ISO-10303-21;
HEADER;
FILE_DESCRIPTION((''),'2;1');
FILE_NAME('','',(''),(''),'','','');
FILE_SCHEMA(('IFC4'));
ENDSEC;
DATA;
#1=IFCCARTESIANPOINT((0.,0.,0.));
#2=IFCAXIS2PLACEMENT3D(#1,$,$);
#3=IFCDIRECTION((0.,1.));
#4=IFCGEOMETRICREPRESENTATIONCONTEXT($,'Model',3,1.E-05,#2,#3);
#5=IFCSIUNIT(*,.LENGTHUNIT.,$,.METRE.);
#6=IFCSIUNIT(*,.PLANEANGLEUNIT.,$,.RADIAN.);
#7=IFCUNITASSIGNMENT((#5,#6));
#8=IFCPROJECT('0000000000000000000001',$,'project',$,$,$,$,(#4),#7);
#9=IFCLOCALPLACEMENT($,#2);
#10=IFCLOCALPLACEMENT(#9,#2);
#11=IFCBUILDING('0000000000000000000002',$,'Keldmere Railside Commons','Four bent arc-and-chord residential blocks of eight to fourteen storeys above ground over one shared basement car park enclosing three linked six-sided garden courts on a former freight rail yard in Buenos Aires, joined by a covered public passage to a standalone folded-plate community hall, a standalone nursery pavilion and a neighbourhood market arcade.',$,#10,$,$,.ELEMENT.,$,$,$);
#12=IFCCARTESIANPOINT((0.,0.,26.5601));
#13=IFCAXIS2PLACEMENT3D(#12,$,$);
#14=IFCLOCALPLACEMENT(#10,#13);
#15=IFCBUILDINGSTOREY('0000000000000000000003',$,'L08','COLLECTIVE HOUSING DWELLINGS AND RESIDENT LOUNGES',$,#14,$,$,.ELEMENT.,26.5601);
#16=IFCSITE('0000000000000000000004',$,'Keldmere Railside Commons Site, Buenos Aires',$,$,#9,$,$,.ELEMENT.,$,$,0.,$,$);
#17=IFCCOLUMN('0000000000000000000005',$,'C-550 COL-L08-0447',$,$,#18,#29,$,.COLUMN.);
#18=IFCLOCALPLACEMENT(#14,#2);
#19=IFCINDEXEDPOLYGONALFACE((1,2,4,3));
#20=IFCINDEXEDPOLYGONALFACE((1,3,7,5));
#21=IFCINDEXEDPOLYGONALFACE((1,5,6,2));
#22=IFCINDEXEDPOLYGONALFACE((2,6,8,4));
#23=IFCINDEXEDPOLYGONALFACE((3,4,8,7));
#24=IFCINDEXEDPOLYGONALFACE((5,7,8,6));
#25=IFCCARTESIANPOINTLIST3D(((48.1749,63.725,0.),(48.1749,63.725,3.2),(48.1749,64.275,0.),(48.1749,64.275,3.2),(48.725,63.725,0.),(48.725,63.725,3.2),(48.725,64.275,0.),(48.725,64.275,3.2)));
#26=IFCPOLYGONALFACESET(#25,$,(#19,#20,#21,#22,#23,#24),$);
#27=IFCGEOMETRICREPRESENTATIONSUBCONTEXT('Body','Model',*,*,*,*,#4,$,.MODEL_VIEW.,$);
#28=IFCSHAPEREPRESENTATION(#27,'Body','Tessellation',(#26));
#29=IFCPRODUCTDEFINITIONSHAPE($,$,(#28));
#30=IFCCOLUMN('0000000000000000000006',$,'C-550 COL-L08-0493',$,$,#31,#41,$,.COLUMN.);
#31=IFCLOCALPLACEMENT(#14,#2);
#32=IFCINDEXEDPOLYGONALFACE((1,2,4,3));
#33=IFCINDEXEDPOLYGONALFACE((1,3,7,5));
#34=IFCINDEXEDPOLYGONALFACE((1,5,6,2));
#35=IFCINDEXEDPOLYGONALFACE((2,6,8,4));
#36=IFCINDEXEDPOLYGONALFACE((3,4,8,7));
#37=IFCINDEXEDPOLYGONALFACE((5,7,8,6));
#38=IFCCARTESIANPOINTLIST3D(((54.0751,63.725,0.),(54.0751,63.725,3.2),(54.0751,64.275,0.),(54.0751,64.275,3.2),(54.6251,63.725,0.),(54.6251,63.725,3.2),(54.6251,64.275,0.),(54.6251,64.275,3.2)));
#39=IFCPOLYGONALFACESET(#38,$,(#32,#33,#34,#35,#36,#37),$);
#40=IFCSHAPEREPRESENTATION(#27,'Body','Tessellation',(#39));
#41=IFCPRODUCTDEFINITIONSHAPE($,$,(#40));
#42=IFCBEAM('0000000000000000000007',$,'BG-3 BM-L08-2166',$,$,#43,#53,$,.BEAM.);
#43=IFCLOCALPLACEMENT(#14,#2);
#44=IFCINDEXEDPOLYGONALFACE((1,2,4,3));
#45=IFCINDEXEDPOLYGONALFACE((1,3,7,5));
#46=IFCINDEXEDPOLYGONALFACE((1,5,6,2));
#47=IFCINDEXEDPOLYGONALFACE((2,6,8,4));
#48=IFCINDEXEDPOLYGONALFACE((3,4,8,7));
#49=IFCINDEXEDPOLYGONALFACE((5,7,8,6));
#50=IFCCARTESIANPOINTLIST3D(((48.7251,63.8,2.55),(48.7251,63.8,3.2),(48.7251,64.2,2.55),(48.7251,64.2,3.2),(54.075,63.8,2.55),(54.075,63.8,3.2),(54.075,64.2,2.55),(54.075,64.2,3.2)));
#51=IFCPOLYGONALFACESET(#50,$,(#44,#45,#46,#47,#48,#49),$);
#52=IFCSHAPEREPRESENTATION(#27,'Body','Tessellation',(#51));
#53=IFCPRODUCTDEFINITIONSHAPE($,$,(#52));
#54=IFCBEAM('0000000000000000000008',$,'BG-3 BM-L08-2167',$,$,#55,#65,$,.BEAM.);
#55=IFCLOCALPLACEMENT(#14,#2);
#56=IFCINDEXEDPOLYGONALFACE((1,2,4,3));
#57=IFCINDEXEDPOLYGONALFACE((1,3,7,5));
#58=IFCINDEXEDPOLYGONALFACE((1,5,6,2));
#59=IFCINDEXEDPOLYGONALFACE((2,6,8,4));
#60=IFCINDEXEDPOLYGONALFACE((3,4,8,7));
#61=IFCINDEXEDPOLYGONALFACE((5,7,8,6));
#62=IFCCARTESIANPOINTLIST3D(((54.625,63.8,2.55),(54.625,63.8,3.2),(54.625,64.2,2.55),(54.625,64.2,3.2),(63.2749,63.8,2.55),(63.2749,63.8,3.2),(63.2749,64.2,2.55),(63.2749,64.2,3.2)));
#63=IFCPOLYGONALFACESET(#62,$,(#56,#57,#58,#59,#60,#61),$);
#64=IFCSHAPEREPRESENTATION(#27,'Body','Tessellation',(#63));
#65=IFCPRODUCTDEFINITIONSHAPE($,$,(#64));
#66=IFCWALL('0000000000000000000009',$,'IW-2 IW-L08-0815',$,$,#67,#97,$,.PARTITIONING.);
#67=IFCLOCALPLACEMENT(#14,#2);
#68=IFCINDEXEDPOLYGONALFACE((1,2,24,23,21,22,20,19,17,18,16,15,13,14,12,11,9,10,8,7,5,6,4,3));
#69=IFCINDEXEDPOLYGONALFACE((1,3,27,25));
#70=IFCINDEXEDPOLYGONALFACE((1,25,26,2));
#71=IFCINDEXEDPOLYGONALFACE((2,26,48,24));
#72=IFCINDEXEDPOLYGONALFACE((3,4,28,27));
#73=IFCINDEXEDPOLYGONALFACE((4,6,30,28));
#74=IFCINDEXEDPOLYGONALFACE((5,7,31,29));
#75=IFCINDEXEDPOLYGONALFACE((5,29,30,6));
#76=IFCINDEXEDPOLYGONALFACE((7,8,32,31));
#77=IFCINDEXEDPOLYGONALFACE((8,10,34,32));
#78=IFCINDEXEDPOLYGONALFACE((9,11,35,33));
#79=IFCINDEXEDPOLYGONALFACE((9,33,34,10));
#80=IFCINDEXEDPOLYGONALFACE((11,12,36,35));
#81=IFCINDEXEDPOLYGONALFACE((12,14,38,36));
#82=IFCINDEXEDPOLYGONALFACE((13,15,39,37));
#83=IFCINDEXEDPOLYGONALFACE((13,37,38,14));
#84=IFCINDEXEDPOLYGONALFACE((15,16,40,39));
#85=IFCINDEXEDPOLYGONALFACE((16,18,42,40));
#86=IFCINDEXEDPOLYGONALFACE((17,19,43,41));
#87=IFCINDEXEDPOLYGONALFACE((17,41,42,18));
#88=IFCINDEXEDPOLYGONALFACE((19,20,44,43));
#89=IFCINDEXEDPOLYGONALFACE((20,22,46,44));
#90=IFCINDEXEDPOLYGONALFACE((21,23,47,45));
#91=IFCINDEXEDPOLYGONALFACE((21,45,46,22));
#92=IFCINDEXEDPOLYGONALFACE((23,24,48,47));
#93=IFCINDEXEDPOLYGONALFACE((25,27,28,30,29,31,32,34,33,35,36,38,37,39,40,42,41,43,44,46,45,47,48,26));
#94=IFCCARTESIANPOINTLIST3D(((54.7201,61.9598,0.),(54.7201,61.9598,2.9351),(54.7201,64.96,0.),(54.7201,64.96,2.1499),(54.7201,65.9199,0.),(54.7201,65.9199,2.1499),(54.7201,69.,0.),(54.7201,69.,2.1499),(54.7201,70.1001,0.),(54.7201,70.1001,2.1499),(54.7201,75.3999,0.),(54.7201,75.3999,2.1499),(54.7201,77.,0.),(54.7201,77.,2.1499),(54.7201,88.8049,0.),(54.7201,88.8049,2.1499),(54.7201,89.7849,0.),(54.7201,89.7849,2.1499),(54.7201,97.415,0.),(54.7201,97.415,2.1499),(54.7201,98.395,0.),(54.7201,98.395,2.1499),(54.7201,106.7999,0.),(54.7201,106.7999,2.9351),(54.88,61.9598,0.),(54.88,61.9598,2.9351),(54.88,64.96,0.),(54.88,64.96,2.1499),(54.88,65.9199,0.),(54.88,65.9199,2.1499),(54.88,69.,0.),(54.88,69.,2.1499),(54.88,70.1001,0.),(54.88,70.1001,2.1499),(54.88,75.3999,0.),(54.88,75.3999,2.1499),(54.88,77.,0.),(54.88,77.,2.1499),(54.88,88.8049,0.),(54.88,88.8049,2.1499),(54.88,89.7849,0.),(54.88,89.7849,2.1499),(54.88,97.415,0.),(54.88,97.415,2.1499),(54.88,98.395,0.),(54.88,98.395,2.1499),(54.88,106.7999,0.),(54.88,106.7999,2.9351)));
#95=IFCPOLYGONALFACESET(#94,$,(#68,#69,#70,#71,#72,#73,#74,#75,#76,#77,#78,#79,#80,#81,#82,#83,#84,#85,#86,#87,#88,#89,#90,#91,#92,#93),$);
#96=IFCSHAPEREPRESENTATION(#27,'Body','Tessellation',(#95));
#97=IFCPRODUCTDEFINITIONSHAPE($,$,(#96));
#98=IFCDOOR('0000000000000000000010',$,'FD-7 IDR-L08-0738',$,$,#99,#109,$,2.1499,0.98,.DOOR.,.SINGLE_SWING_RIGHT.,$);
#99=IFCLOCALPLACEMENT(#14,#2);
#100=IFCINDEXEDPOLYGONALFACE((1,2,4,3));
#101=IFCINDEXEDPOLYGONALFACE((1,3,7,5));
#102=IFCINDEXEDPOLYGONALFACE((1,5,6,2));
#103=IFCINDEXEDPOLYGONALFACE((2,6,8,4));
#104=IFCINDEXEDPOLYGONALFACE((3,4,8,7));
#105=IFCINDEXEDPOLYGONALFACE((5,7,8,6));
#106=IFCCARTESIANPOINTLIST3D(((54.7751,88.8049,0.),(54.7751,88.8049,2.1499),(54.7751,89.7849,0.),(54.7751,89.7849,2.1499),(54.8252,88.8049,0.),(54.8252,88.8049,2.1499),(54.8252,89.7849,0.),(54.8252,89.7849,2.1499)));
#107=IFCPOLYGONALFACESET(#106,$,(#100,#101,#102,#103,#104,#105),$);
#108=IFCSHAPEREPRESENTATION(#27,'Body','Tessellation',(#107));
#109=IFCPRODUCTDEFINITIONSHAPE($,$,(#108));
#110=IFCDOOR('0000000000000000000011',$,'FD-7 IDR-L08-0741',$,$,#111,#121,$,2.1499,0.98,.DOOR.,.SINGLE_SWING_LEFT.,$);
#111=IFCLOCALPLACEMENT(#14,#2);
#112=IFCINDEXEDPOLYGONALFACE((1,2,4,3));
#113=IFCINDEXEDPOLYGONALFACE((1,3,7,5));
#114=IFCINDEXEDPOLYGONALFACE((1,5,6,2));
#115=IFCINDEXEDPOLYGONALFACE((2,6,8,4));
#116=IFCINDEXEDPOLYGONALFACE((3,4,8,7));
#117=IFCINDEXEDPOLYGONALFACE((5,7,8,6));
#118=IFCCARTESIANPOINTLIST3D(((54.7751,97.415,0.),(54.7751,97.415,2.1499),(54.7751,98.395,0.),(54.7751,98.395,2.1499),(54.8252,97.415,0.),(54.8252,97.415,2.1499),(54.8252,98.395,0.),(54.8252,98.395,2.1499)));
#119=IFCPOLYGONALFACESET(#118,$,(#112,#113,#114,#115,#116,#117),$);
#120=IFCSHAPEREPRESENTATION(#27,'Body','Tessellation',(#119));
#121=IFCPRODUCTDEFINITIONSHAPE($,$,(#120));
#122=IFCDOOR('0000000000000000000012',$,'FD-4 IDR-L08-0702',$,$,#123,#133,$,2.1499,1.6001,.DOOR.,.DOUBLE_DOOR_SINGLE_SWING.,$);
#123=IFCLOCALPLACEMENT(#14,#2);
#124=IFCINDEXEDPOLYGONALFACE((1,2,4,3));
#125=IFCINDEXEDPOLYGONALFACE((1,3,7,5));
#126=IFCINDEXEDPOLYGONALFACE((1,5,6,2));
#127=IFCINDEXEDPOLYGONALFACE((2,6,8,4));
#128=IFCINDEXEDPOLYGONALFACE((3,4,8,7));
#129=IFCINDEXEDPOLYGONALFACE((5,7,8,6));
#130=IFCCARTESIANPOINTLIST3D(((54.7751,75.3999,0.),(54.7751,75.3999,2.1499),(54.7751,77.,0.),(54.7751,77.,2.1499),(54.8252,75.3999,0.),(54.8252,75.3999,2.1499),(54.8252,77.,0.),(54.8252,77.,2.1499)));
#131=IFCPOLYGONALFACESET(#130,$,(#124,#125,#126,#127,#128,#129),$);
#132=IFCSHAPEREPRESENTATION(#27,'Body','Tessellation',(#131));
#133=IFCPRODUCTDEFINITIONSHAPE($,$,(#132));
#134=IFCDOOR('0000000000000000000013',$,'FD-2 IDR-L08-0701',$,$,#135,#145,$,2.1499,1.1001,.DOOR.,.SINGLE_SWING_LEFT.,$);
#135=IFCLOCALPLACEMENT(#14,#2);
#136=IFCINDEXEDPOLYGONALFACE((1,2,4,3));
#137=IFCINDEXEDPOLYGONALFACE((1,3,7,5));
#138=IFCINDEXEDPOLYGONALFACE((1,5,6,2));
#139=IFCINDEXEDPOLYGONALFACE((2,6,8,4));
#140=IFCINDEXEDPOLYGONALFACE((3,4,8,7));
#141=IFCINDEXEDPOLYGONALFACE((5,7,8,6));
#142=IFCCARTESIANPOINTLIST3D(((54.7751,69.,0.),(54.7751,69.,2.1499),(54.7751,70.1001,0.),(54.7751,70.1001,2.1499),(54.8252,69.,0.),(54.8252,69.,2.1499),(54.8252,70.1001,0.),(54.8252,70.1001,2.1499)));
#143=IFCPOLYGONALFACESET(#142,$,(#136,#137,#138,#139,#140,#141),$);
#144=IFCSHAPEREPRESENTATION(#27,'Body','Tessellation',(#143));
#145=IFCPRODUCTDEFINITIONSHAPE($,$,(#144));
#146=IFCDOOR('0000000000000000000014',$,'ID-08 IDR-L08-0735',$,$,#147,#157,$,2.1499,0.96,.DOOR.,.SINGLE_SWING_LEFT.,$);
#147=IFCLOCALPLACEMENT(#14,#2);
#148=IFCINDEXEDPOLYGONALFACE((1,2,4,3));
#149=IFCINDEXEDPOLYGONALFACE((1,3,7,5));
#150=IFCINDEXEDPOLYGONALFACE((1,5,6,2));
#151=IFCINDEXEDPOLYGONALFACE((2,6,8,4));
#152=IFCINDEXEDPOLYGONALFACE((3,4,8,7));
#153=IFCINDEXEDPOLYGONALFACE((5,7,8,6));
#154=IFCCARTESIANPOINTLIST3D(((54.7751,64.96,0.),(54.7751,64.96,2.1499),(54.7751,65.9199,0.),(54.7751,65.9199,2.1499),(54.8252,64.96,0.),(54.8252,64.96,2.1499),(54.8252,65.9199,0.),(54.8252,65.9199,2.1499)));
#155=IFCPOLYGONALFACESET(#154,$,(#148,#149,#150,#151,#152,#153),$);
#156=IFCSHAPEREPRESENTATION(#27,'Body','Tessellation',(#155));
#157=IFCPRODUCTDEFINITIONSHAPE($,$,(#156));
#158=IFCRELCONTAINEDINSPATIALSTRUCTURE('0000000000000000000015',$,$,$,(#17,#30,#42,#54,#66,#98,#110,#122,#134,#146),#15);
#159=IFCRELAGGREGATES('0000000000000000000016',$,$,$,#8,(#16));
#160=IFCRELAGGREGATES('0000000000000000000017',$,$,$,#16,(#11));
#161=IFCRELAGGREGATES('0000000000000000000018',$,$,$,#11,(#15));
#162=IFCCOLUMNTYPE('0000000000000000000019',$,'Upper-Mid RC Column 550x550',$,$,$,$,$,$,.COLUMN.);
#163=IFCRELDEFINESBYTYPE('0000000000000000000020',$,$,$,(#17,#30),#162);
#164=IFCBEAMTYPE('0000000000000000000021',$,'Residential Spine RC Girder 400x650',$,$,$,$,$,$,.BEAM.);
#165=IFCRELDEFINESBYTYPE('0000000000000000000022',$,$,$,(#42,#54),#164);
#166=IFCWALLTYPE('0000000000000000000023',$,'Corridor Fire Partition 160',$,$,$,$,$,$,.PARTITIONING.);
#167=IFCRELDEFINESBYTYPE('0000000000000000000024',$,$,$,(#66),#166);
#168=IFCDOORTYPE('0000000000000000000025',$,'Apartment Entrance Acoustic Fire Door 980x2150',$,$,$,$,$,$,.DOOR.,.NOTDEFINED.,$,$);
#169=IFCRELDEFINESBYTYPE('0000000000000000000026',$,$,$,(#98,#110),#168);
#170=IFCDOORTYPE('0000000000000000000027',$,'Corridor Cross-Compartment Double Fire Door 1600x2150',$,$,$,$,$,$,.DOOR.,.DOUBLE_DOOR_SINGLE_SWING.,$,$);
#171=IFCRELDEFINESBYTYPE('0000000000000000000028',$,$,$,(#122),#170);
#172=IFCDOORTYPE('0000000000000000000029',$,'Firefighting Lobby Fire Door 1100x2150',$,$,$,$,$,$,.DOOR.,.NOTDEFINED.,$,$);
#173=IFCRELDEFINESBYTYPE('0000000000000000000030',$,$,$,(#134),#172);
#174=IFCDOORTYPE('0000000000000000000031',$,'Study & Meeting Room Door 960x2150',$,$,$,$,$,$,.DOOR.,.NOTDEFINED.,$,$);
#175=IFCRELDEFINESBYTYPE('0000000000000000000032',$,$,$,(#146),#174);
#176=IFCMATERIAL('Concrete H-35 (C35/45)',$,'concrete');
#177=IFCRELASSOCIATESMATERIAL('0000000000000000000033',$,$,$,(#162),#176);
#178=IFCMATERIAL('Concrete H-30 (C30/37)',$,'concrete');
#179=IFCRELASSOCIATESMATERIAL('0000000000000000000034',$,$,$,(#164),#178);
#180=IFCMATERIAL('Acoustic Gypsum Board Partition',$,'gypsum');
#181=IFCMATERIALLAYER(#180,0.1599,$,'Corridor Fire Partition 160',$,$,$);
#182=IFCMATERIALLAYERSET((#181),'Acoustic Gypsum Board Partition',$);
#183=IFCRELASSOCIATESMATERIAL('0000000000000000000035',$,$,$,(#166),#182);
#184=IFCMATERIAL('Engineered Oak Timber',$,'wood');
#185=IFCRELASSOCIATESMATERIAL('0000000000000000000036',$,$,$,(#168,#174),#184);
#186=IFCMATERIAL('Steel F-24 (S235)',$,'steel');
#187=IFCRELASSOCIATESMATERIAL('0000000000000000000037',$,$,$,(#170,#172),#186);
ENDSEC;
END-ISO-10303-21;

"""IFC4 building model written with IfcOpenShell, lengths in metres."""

from ifc_helpers import new_model, si_unit, direction, frame, frame_2d, origin, origin_2d, place, context, subcontext, project, spatial, rectangle, extrude, material, layer, layer_set, material_profile, profile_set, type_object, element, fill, save


model = new_model("IFC4")

# Units and contexts
model_context = context("Model", 3, precision=1e-05, world=origin(), true_north=direction((0.0, 1.0)))
body_context = subcontext(model_context, "Body", "Model", "MODEL_VIEW")
ifc_project = project(units=[si_unit("LENGTHUNIT", "METRE"), si_unit("PLANEANGLEUNIT", "RADIAN")], contexts=[model_context])

# Site, building, storey
site_placement = place(None, origin())
site = spatial("IfcSite", under=ifc_project, at=site_placement, Name="Keldmere Railside Commons Site, Buenos Aires", CompositionType="ELEMENT", RefElevation=0.0)
building_placement = place(site_placement, origin())
building = spatial("IfcBuilding", under=site, at=building_placement, Name="Keldmere Railside Commons", Description="Four bent arc-and-chord residential blocks of eight to fourteen storeys above ground over one shared basement car park enclosing three linked six-sided garden courts on a former freight rail yard in Buenos Aires, joined by a covered public passage to a standalone folded-plate community hall, a standalone nursery pavilion and a neighbourhood market arcade.", CompositionType="ELEMENT")
storey_placement = place(building_placement, frame((0.0, 0.0, 26.5601)))
storey = spatial("IfcBuildingStorey", under=building, at=storey_placement, Name="L08", Description="COLLECTIVE HOUSING DWELLINGS AND RESIDENT LOUNGES", CompositionType="ELEMENT", Elevation=26.5601)

# Columns
ifc_material_1 = material(Name="Concrete H-35 (C35/45)", Category="concrete")
ifc_material_profile_1 = material_profile(ifc_material_1, rectangle(XDim=0.55, YDim=0.55, at=origin_2d()), Name="RC-550x550")
ifc_profile_set_1 = profile_set([ifc_material_profile_1], Name="Concrete H-35 (C35/45)")
column_type = type_object("IfcColumnType", Name="Upper-Mid RC Column 550x550", PredefinedType="COLUMN", material=ifc_profile_set_1)
for number, where, z_axis, x_axis, name in (
    (1, (48.45, 64.0, 0.0), (0.0, 0.0, 1.0), (1.0, 0.0, 0.0), "C-550 COL-L08-0447"),
    (2, (54.3501, 64.0, 0.0), (0.0, 0.0, 1.0), (1.0, 0.0, 0.0), "C-550 COL-L08-0493"),
):
    element("IfcColumn", number, at=place(storey_placement, frame(where, z_axis=z_axis, x_axis=x_axis)), inside=storey, type_object=column_type, Name=name, PredefinedType="COLUMN", context=body_context, shape_type="SweptSolid", body=[
        extrude(rectangle(XDim=0.55, YDim=0.55, at=origin_2d()), origin(), (0.0, 0.0, 1.0), 3.2),
    ])

# Beams
ifc_material_2 = material(Name="Concrete H-30 (C30/37)", Category="concrete")
ifc_material_profile_2 = material_profile(ifc_material_2, rectangle(XDim=0.3999, YDim=0.6499, at=origin_2d()), Name="RC-400x650")
ifc_profile_set_2 = profile_set([ifc_material_profile_2], Name="Concrete H-30 (C30/37)")
beam_type = type_object("IfcBeamType", Name="Residential Spine RC Girder 400x650", PredefinedType="BEAM", material=ifc_profile_set_2)
beam_1_placement = place(storey_placement, frame((48.7251, 64.0, 2.875), z_axis=(1.0, 0.0, 0.0), x_axis=(0.0, 1.0, 0.0)))
element("IfcBeam", 3, at=beam_1_placement, inside=storey, type_object=beam_type, Name="BG-3 BM-L08-2166", PredefinedType="BEAM", context=body_context, shape_type="SweptSolid", body=[
    extrude(rectangle(XDim=0.3999, YDim=0.6499, at=origin_2d()), origin(), (0.0, 0.0, 1.0), 5.3499),
])
beam_2_placement = place(storey_placement, frame((54.625, 64.0, 2.875), z_axis=(1.0, 0.0, 0.0), x_axis=(0.0, 1.0, 0.0)))
element("IfcBeam", 4, at=beam_2_placement, inside=storey, type_object=beam_type, Name="BG-3 BM-L08-2167", PredefinedType="BEAM", context=body_context, shape_type="SweptSolid", body=[
    extrude(rectangle(XDim=0.3999, YDim=0.6499, at=origin_2d()), origin(), (0.0, 0.0, 1.0), 8.6499),
])

# Wall, openings, doors
ifc_material_3 = material(Name="Acoustic Gypsum Board Partition", Category="gypsum")
ifc_layer_1 = layer(ifc_material_3, 0.1599, Name="Corridor Fire Partition 160")
ifc_layer_set_1 = layer_set([ifc_layer_1], Name="Acoustic Gypsum Board Partition")
wall_type_1 = type_object("IfcWallType", Name="Corridor Fire Partition 160", PredefinedType="PARTITIONING", material=ifc_layer_set_1)
wall_1_placement = place(storey_placement, frame((54.8, 61.96, 0.0), z_axis=(0.0, 0.0, 1.0), x_axis=(0.0, 1.0, 0.0)))
wall_1 = element("IfcWall", 5, at=wall_1_placement, inside=storey, type_object=wall_type_1, Name="IW-2 IW-L08-0815", PredefinedType="PARTITIONING", context=body_context, shape_type="SweptSolid", body=[
    extrude(rectangle(XDim=44.8401, YDim=0.1599, at=frame_2d((22.4199, 0.0))), origin(), (0.0, 0.0, 1.0), 2.9351),
])
opening_1_placement = place(wall_1_placement, frame((7.04, 0.0, 0.0)))
opening_1 = element("IfcOpeningElement", 6, at=opening_1_placement, cuts=wall_1, PredefinedType="OPENING", context=body_context, shape_type="SweptSolid", body=[
    extrude(rectangle(XDim=1.1001, YDim=2.1499, at=frame_2d((0.55, 1.075))), frame((0.0, 0.0898, 0.0), z_axis=(0.0, -1.0, 0.0), x_axis=(1.0, 0.0, 0.0)), (0.0, 0.0, 1.0), 0.1799),
])
opening_2_placement = place(wall_1_placement, frame((13.4399, 0.0, 0.0)))
opening_2 = element("IfcOpeningElement", 7, at=opening_2_placement, cuts=wall_1, PredefinedType="OPENING", context=body_context, shape_type="SweptSolid", body=[
    extrude(rectangle(XDim=1.6001, YDim=2.1499, at=frame_2d((0.8, 1.075))), frame((0.0, 0.0898, 0.0), z_axis=(0.0, -1.0, 0.0), x_axis=(1.0, 0.0, 0.0)), (0.0, 0.0, 1.0), 0.1799),
])
opening_3_placement = place(wall_1_placement, frame((3.0, 0.0, 0.0)))
opening_3 = element("IfcOpeningElement", 8, at=opening_3_placement, cuts=wall_1, PredefinedType="OPENING", context=body_context, shape_type="SweptSolid", body=[
    extrude(rectangle(XDim=0.96, YDim=2.1499, at=frame_2d((0.48, 1.075))), frame((0.0, 0.0898, 0.0), z_axis=(0.0, -1.0, 0.0), x_axis=(1.0, 0.0, 0.0)), (0.0, 0.0, 1.0), 0.1799),
])
opening_4_placement = place(wall_1_placement, frame((26.845, 0.0, 0.0)))
opening_4 = element("IfcOpeningElement", 9, at=opening_4_placement, cuts=wall_1, PredefinedType="OPENING", context=body_context, shape_type="SweptSolid", body=[
    extrude(rectangle(XDim=0.98, YDim=2.1499, at=frame_2d((0.49, 1.075))), frame((0.0, 0.0898, 0.0), z_axis=(0.0, -1.0, 0.0), x_axis=(1.0, 0.0, 0.0)), (0.0, 0.0, 1.0), 0.1799),
])
opening_5_placement = place(wall_1_placement, frame((35.4551, 0.0, 0.0)))
opening_5 = element("IfcOpeningElement", 10, at=opening_5_placement, cuts=wall_1, PredefinedType="OPENING", context=body_context, shape_type="SweptSolid", body=[
    extrude(rectangle(XDim=0.98, YDim=2.1499, at=frame_2d((0.49, 1.075))), frame((0.0, 0.0898, 0.0), z_axis=(0.0, -1.0, 0.0), x_axis=(1.0, 0.0, 0.0)), (0.0, 0.0, 1.0), 0.1799),
])
ifc_material_4 = material(Name="Engineered Oak Timber", Category="wood")
door_type_1 = type_object("IfcDoorType", Name="Apartment Entrance Acoustic Fire Door 980x2150", OperationType="NOTDEFINED", PredefinedType="DOOR", material=ifc_material_4)
door_1_placement = place(opening_4_placement, origin())
door_1 = element("IfcDoor", 11, at=door_1_placement, inside=storey, type_object=door_type_1, Name="FD-7 IDR-L08-0738", OperationType="SINGLE_SWING_RIGHT", OverallHeight=2.1499, OverallWidth=0.98, PredefinedType="DOOR", context=body_context, shape_type="SweptSolid", body=[
    extrude(rectangle(XDim=0.98, YDim=2.1499, at=frame_2d((0.49, 1.075))), frame((0.0, 0.0249, 0.0), z_axis=(0.0, -1.0, 0.0), x_axis=(1.0, 0.0, 0.0)), (0.0, 0.0, 1.0), 0.05),
])
fill(opening_4, door_1)
door_2_placement = place(opening_5_placement, origin())
door_2 = element("IfcDoor", 12, at=door_2_placement, inside=storey, type_object=door_type_1, Name="FD-7 IDR-L08-0741", OperationType="SINGLE_SWING_LEFT", OverallHeight=2.1499, OverallWidth=0.98, PredefinedType="DOOR", context=body_context, shape_type="SweptSolid", body=[
    extrude(rectangle(XDim=0.98, YDim=2.1499, at=frame_2d((0.49, 1.075))), frame((0.0, 0.0249, 0.0), z_axis=(0.0, -1.0, 0.0), x_axis=(1.0, 0.0, 0.0)), (0.0, 0.0, 1.0), 0.05),
])
fill(opening_5, door_2)
ifc_material_5 = material(Name="Steel F-24 (S235)", Category="steel")
door_type_2 = type_object("IfcDoorType", Name="Corridor Cross-Compartment Double Fire Door 1600x2150", OperationType="DOUBLE_DOOR_SINGLE_SWING", PredefinedType="DOOR", material=ifc_material_5)
door_3_placement = place(opening_2_placement, origin())
door_3 = element("IfcDoor", 13, at=door_3_placement, inside=storey, type_object=door_type_2, Name="FD-4 IDR-L08-0702", OperationType="DOUBLE_DOOR_SINGLE_SWING", OverallHeight=2.1499, OverallWidth=1.6001, PredefinedType="DOOR", context=body_context, shape_type="SweptSolid", body=[
    extrude(rectangle(XDim=1.6001, YDim=2.1499, at=frame_2d((0.8, 1.075))), frame((0.0, 0.0249, 0.0), z_axis=(0.0, -1.0, 0.0), x_axis=(1.0, 0.0, 0.0)), (0.0, 0.0, 1.0), 0.05),
])
fill(opening_2, door_3)
door_type_3 = type_object("IfcDoorType", Name="Firefighting Lobby Fire Door 1100x2150", OperationType="NOTDEFINED", PredefinedType="DOOR", material=ifc_material_5)
door_4_placement = place(opening_1_placement, origin())
door_4 = element("IfcDoor", 14, at=door_4_placement, inside=storey, type_object=door_type_3, Name="FD-2 IDR-L08-0701", OperationType="SINGLE_SWING_LEFT", OverallHeight=2.1499, OverallWidth=1.1001, PredefinedType="DOOR", context=body_context, shape_type="SweptSolid", body=[
    extrude(rectangle(XDim=1.1001, YDim=2.1499, at=frame_2d((0.55, 1.075))), frame((0.0, 0.0249, 0.0), z_axis=(0.0, -1.0, 0.0), x_axis=(1.0, 0.0, 0.0)), (0.0, 0.0, 1.0), 0.05),
])
fill(opening_1, door_4)
door_type_4 = type_object("IfcDoorType", Name="Study & Meeting Room Door 960x2150", OperationType="NOTDEFINED", PredefinedType="DOOR", material=ifc_material_4)
door_5_placement = place(opening_3_placement, origin())
door_5 = element("IfcDoor", 15, at=door_5_placement, inside=storey, type_object=door_type_4, Name="ID-08 IDR-L08-0735", OperationType="SINGLE_SWING_LEFT", OverallHeight=2.1499, OverallWidth=0.96, PredefinedType="DOOR", context=body_context, shape_type="SweptSolid", body=[
    extrude(rectangle(XDim=0.96, YDim=2.1499, at=frame_2d((0.48, 1.075))), frame((0.0, 0.0249, 0.0), z_axis=(0.0, -1.0, 0.0), x_axis=(1.0, 0.0, 0.0)), (0.0, 0.0, 1.0), 0.05),
])
fill(opening_3, door_5)

save(model, "model.ifc")
